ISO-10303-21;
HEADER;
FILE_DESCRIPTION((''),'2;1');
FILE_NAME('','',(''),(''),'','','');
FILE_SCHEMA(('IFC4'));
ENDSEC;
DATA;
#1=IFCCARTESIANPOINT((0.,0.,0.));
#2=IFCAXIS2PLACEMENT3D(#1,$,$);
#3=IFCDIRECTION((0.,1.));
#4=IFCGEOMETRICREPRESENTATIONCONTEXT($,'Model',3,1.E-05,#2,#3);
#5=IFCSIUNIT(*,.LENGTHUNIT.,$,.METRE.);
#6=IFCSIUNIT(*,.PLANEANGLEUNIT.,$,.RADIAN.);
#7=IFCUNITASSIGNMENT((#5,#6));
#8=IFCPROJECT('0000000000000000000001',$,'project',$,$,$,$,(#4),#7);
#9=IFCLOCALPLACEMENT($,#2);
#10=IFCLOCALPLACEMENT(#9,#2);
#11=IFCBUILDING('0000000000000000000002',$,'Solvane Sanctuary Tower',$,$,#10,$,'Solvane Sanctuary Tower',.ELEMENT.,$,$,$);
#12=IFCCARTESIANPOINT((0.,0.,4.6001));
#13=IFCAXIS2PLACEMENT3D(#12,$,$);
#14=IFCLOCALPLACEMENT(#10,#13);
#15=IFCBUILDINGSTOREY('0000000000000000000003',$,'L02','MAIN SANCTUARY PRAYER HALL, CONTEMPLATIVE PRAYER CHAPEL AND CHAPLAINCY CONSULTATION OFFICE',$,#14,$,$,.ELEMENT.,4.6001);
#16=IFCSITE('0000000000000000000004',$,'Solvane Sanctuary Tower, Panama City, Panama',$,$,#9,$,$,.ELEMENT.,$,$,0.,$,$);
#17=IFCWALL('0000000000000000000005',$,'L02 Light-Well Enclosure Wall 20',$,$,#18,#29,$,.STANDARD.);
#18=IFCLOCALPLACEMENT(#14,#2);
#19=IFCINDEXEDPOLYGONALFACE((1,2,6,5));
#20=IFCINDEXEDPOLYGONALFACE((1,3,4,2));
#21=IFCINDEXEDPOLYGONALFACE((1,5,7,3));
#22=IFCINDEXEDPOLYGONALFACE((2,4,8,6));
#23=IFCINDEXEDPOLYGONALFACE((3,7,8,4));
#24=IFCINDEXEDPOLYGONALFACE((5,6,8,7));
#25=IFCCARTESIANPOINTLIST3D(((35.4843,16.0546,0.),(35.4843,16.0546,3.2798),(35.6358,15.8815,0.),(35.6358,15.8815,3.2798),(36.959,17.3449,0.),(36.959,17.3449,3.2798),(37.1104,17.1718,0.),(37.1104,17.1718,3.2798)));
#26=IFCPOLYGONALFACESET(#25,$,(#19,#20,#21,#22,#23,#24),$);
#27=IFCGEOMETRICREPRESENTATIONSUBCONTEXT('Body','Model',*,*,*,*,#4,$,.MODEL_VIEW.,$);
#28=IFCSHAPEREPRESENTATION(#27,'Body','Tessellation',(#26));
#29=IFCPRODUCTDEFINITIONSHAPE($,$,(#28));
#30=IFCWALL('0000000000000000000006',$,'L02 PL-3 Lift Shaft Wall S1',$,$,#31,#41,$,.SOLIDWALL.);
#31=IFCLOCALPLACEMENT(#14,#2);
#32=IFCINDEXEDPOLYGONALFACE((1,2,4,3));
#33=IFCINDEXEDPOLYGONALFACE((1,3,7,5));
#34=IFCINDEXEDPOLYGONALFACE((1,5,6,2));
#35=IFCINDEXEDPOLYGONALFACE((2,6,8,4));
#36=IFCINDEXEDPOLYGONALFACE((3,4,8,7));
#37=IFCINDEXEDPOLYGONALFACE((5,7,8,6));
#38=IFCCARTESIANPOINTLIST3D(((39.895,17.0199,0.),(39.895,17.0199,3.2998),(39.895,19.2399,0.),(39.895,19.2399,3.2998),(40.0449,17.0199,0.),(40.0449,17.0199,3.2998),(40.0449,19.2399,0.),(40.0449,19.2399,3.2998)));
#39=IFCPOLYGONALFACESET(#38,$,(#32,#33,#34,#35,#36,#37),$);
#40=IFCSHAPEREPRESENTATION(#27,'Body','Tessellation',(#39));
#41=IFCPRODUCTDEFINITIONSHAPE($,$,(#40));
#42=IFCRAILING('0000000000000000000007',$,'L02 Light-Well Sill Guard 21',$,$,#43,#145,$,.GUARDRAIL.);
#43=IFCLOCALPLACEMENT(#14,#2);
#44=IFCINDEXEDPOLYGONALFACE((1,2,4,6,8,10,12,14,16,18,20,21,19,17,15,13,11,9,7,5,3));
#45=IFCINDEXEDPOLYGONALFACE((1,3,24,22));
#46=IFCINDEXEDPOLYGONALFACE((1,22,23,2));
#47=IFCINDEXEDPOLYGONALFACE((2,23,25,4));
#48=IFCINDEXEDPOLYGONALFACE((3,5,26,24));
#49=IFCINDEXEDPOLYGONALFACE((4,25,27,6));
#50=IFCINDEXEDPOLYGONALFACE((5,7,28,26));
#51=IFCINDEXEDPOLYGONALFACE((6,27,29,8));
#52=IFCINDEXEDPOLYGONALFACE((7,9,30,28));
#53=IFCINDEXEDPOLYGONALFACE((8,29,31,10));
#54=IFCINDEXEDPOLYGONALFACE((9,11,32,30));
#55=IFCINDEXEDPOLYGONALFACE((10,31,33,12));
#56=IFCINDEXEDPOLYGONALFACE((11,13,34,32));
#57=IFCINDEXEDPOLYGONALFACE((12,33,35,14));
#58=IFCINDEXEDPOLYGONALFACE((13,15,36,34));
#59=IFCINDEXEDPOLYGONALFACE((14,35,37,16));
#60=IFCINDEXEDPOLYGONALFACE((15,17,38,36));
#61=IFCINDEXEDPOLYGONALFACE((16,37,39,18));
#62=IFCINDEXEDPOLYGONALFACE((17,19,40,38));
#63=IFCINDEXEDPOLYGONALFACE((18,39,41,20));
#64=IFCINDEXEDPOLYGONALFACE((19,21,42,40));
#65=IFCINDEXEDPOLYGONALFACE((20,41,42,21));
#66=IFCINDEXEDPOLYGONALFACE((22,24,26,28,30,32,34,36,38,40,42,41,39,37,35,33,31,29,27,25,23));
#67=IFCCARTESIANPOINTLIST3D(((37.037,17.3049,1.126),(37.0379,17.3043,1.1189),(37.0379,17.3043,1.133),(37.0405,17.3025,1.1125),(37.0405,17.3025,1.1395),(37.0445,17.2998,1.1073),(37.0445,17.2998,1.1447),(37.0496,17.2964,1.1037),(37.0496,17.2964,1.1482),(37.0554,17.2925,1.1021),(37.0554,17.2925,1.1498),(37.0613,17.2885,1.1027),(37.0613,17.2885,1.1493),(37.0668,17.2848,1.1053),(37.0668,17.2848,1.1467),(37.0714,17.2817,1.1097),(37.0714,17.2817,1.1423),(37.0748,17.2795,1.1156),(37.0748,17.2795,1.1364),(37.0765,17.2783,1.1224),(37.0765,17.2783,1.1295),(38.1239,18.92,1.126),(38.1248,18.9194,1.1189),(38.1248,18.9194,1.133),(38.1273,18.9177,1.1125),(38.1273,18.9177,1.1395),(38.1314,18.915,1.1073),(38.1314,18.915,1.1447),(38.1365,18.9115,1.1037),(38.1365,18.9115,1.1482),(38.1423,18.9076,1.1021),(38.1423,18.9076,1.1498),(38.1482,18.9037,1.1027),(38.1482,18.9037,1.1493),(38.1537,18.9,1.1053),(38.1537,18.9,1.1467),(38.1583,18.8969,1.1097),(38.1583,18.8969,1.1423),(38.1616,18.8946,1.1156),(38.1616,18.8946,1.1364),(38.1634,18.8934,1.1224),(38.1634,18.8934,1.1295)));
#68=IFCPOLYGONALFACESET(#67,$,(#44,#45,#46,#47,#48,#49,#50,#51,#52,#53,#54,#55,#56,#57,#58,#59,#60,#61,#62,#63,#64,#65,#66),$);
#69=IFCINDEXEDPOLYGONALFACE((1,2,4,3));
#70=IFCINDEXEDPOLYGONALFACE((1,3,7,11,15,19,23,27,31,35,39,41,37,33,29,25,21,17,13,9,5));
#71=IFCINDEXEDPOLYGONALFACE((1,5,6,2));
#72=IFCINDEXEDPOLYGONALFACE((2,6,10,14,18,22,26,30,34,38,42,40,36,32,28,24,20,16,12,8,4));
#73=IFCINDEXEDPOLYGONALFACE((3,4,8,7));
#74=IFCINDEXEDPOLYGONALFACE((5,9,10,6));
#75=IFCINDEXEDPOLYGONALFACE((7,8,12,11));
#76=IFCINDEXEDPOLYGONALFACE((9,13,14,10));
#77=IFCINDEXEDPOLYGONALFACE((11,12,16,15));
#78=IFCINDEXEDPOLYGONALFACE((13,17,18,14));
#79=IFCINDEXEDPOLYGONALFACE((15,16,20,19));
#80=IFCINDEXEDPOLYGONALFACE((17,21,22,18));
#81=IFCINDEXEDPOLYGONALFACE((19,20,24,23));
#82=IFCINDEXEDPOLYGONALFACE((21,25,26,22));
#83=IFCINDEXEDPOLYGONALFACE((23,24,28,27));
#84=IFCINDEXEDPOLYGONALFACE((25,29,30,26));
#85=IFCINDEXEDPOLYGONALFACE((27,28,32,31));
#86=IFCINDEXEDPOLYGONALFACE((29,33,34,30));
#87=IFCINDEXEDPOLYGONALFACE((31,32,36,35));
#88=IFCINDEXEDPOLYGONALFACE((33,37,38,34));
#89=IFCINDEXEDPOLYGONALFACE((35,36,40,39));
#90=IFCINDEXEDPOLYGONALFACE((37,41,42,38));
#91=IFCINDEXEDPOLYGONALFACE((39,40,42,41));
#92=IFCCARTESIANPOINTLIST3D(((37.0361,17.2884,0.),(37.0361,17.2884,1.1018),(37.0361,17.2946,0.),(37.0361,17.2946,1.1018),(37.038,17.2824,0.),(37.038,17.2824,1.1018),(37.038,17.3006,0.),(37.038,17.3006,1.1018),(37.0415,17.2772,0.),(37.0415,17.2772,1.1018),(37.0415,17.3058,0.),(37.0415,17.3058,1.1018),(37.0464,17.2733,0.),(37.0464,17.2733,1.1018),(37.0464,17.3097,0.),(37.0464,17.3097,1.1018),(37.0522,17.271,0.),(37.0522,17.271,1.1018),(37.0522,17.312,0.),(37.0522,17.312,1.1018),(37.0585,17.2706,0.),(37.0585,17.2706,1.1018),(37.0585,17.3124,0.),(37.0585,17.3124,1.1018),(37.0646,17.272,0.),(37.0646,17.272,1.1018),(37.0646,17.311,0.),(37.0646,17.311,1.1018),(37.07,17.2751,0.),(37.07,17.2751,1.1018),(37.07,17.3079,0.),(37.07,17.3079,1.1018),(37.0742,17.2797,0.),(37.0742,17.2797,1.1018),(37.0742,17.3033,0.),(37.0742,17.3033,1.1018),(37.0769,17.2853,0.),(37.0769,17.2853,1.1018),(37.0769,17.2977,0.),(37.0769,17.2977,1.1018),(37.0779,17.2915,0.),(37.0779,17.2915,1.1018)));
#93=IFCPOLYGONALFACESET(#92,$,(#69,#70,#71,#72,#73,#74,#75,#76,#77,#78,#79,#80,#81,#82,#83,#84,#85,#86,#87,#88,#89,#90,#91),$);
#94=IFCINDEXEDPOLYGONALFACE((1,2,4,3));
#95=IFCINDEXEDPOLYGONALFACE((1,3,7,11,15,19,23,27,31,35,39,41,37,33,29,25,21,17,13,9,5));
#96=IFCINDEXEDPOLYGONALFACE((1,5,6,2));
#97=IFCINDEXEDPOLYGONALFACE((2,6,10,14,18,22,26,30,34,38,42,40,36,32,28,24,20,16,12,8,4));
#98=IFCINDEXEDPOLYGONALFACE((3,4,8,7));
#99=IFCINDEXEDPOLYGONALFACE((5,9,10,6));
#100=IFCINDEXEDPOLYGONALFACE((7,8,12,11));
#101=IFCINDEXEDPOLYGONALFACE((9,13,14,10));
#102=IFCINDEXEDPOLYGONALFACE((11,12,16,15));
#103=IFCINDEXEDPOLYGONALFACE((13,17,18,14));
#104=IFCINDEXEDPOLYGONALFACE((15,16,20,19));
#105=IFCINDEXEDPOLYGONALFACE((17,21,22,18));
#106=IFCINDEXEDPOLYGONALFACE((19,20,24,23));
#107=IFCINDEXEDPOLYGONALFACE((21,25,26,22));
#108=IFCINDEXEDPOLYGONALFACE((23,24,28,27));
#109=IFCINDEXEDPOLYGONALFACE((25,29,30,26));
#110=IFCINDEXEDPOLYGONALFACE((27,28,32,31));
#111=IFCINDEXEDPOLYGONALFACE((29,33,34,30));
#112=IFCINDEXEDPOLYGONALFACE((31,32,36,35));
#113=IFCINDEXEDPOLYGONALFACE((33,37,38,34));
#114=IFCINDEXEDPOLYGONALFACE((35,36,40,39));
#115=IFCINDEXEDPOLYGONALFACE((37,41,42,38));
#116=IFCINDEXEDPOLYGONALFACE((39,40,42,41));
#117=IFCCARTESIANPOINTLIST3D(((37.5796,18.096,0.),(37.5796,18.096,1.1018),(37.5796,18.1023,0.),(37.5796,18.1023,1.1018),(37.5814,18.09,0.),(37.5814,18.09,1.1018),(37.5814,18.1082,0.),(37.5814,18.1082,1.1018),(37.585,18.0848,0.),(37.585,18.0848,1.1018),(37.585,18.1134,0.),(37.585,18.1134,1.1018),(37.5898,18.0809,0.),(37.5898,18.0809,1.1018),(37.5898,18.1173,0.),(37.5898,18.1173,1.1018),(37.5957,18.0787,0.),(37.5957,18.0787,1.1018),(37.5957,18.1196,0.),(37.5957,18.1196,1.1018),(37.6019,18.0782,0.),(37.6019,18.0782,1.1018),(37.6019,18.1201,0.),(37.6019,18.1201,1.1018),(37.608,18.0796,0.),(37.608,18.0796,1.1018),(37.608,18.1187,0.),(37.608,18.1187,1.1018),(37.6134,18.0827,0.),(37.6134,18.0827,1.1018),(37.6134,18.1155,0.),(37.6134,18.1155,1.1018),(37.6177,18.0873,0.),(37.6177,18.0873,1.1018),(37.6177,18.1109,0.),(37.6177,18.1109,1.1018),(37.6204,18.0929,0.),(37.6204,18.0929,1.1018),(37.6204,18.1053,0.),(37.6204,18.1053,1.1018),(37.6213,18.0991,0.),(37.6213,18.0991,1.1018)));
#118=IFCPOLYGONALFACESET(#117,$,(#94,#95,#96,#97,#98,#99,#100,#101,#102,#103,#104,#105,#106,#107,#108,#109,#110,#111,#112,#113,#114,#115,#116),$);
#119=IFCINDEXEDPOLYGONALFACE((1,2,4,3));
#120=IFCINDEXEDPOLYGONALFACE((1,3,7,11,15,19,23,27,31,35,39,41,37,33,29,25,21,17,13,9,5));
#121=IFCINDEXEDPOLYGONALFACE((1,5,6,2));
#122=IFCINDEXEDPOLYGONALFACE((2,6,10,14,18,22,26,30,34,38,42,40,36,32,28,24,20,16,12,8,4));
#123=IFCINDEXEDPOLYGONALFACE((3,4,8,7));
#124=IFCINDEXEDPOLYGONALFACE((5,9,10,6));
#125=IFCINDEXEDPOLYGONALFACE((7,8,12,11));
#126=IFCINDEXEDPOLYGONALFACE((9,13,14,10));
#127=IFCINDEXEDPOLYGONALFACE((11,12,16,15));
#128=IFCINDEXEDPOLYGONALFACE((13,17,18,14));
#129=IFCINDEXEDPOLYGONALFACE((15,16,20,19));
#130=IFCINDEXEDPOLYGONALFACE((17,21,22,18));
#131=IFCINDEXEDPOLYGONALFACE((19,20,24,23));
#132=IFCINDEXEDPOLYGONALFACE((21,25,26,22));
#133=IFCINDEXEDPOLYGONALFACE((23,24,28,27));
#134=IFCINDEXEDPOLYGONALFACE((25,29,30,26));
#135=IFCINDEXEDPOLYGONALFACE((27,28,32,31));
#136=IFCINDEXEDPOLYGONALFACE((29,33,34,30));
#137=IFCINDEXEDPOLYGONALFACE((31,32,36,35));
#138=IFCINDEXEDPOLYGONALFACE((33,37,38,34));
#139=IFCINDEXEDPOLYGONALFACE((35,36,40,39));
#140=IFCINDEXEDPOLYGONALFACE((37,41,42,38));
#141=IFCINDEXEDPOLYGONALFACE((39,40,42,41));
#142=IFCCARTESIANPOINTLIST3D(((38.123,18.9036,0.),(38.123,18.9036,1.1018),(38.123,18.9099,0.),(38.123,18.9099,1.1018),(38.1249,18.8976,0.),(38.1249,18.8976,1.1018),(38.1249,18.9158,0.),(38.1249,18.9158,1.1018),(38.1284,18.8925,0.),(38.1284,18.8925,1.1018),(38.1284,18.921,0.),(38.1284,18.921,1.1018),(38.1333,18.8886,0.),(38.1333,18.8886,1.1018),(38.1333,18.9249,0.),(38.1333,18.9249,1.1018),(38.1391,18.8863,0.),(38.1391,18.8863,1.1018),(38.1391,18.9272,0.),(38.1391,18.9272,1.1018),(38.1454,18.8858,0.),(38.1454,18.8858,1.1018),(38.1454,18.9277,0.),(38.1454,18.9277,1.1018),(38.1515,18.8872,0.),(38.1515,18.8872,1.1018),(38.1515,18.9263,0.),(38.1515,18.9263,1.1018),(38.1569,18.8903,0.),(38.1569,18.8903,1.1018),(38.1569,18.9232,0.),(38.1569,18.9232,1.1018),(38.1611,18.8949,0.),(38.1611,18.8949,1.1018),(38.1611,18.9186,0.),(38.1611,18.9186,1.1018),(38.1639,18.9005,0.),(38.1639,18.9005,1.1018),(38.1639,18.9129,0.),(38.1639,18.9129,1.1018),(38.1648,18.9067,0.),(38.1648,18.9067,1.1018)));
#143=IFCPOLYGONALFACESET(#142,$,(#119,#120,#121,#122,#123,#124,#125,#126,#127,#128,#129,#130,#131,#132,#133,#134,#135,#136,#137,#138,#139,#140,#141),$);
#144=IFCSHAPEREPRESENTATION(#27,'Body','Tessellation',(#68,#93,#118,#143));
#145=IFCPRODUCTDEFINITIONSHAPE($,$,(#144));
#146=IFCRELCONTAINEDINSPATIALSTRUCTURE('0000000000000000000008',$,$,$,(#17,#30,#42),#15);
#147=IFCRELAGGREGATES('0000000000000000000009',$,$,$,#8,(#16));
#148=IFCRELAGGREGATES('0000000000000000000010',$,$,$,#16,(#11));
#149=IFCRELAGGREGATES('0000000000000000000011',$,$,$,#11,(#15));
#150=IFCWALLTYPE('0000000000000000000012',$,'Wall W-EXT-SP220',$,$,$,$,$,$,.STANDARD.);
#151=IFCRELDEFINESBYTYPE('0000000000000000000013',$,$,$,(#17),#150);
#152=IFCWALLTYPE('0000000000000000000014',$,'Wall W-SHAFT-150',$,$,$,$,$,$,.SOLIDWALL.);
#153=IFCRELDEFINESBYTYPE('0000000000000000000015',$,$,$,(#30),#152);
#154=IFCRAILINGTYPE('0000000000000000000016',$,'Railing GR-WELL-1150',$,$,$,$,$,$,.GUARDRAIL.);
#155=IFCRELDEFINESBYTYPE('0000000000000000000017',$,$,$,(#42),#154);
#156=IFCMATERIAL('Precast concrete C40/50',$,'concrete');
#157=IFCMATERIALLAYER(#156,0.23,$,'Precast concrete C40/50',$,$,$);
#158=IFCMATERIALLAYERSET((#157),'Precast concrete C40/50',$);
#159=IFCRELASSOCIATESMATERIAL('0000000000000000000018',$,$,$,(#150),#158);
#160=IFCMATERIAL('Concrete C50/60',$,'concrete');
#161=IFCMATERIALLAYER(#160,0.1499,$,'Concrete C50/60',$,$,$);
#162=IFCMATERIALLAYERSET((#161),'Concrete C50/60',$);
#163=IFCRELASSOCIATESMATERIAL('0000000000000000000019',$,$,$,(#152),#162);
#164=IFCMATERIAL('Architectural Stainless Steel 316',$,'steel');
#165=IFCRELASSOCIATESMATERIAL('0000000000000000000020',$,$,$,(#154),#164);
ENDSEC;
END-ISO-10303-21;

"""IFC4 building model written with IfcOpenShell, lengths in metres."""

from ifc_helpers import new_model, si_unit, direction, frame, frame_2d, origin, origin_2d, place, context, subcontext, project, spatial, rectangle, circle, extrude, material, layer, layer_set, type_object, element, save


model = new_model("IFC4")

# Units and contexts
model_context = context("Model", 3, precision=1e-05, world=origin(), true_north=direction((0.0, 1.0)))
body_context = subcontext(model_context, "Body", "Model", "MODEL_VIEW")
ifc_project = project(units=[si_unit("LENGTHUNIT", "METRE"), si_unit("PLANEANGLEUNIT", "RADIAN")], contexts=[model_context])

# Site, building, storey
site_placement = place(None, origin())
site = spatial("IfcSite", under=ifc_project, at=site_placement, Name="Solvane Sanctuary Tower, Panama City, Panama", CompositionType="ELEMENT", RefElevation=0.0)
building_placement = place(site_placement, origin())
building = spatial("IfcBuilding", under=site, at=building_placement, Name="Solvane Sanctuary Tower", LongName="Solvane Sanctuary Tower", CompositionType="ELEMENT")
storey_placement = place(building_placement, frame((0.0, 0.0, 4.6001)))
storey = spatial("IfcBuildingStorey", under=building, at=storey_placement, Name="L02", Description="MAIN SANCTUARY PRAYER HALL, CONTEMPLATIVE PRAYER CHAPEL AND CHAPLAINCY CONSULTATION OFFICE", CompositionType="ELEMENT", Elevation=4.6001)

# Walls
ifc_material_1 = material(Name="Precast concrete C40/50", Category="concrete")
ifc_layer_1 = layer(ifc_material_1, 0.23, Name="Precast concrete C40/50")
ifc_layer_set_1 = layer_set([ifc_layer_1], Name="Precast concrete C40/50")
wall_type_1 = type_object("IfcWallType", Name="Wall W-EXT-SP220", PredefinedType="STANDARD", material=ifc_layer_set_1)
wall_1_placement = place(storey_placement, frame((35.5601, 15.968, 0.0), z_axis=(0.0, 0.0, 1.0), x_axis=(0.752577, 0.658505, 0.0)))
element("IfcWall", 1, at=wall_1_placement, inside=storey, type_object=wall_type_1, Name="L02 Light-Well Enclosure Wall 20", PredefinedType="STANDARD", context=body_context, shape_type="SweptSolid", body=[
    extrude(rectangle(XDim=1.9595, YDim=0.23, at=frame_2d((0.9797, 0.0))), origin(), (0.0, 0.0, 1.0), 3.2798),
])
ifc_material_2 = material(Name="Concrete C50/60", Category="concrete")
ifc_layer_2 = layer(ifc_material_2, 0.1499, Name="Concrete C50/60")
ifc_layer_set_2 = layer_set([ifc_layer_2], Name="Concrete C50/60")
wall_type_2 = type_object("IfcWallType", Name="Wall W-SHAFT-150", PredefinedType="SOLIDWALL", material=ifc_layer_set_2)
wall_2_placement = place(storey_placement, frame((39.97, 17.02, 0.0), z_axis=(0.0, 0.0, 1.0), x_axis=(0.0, 1.0, 0.0)))
element("IfcWall", 2, at=wall_2_placement, inside=storey, type_object=wall_type_2, Name="L02 PL-3 Lift Shaft Wall S1", PredefinedType="SOLIDWALL", context=body_context, shape_type="SweptSolid", body=[
    extrude(rectangle(XDim=2.22, YDim=0.1499, at=frame_2d((1.1099, 0.0))), origin(), (0.0, 0.0, 1.0), 3.2998),
])

# Railing
ifc_material_3 = material(Name="Architectural Stainless Steel 316", Category="steel")
railing_type = type_object("IfcRailingType", Name="Railing GR-WELL-1150", PredefinedType="GUARDRAIL", material=ifc_material_3)
railing_1_placement = place(storey_placement, frame((37.0569, 17.2915, 0.0)))
element("IfcRailing", 3, at=railing_1_placement, inside=storey, type_object=railing_type, Name="L02 Light-Well Sill Guard 21", PredefinedType="GUARDRAIL", context=body_context, shape_type="SweptSolid", body=[
    extrude(circle(Radius=0.0239, at=origin_2d()), frame((0.0, 0.0, 1.126), z_axis=(0.558283, 0.82965, 0.0), x_axis=(-0.82965, 0.558283, 0.0)), (0.0, 0.0, 1.0), 1.9468),
    extrude(circle(Radius=0.021, at=origin_2d()), origin(), (0.0, 0.0, 1.0), 1.1018),
    extrude(circle(Radius=0.021, at=origin_2d()), frame((0.5435, 0.8076, 0.0)), (0.0, 0.0, 1.0), 1.1018),
    extrude(circle(Radius=0.021, at=origin_2d()), frame((1.0869, 1.6152, 0.0)), (0.0, 0.0, 1.0), 1.1018),
])

save(model, "model.ifc")
